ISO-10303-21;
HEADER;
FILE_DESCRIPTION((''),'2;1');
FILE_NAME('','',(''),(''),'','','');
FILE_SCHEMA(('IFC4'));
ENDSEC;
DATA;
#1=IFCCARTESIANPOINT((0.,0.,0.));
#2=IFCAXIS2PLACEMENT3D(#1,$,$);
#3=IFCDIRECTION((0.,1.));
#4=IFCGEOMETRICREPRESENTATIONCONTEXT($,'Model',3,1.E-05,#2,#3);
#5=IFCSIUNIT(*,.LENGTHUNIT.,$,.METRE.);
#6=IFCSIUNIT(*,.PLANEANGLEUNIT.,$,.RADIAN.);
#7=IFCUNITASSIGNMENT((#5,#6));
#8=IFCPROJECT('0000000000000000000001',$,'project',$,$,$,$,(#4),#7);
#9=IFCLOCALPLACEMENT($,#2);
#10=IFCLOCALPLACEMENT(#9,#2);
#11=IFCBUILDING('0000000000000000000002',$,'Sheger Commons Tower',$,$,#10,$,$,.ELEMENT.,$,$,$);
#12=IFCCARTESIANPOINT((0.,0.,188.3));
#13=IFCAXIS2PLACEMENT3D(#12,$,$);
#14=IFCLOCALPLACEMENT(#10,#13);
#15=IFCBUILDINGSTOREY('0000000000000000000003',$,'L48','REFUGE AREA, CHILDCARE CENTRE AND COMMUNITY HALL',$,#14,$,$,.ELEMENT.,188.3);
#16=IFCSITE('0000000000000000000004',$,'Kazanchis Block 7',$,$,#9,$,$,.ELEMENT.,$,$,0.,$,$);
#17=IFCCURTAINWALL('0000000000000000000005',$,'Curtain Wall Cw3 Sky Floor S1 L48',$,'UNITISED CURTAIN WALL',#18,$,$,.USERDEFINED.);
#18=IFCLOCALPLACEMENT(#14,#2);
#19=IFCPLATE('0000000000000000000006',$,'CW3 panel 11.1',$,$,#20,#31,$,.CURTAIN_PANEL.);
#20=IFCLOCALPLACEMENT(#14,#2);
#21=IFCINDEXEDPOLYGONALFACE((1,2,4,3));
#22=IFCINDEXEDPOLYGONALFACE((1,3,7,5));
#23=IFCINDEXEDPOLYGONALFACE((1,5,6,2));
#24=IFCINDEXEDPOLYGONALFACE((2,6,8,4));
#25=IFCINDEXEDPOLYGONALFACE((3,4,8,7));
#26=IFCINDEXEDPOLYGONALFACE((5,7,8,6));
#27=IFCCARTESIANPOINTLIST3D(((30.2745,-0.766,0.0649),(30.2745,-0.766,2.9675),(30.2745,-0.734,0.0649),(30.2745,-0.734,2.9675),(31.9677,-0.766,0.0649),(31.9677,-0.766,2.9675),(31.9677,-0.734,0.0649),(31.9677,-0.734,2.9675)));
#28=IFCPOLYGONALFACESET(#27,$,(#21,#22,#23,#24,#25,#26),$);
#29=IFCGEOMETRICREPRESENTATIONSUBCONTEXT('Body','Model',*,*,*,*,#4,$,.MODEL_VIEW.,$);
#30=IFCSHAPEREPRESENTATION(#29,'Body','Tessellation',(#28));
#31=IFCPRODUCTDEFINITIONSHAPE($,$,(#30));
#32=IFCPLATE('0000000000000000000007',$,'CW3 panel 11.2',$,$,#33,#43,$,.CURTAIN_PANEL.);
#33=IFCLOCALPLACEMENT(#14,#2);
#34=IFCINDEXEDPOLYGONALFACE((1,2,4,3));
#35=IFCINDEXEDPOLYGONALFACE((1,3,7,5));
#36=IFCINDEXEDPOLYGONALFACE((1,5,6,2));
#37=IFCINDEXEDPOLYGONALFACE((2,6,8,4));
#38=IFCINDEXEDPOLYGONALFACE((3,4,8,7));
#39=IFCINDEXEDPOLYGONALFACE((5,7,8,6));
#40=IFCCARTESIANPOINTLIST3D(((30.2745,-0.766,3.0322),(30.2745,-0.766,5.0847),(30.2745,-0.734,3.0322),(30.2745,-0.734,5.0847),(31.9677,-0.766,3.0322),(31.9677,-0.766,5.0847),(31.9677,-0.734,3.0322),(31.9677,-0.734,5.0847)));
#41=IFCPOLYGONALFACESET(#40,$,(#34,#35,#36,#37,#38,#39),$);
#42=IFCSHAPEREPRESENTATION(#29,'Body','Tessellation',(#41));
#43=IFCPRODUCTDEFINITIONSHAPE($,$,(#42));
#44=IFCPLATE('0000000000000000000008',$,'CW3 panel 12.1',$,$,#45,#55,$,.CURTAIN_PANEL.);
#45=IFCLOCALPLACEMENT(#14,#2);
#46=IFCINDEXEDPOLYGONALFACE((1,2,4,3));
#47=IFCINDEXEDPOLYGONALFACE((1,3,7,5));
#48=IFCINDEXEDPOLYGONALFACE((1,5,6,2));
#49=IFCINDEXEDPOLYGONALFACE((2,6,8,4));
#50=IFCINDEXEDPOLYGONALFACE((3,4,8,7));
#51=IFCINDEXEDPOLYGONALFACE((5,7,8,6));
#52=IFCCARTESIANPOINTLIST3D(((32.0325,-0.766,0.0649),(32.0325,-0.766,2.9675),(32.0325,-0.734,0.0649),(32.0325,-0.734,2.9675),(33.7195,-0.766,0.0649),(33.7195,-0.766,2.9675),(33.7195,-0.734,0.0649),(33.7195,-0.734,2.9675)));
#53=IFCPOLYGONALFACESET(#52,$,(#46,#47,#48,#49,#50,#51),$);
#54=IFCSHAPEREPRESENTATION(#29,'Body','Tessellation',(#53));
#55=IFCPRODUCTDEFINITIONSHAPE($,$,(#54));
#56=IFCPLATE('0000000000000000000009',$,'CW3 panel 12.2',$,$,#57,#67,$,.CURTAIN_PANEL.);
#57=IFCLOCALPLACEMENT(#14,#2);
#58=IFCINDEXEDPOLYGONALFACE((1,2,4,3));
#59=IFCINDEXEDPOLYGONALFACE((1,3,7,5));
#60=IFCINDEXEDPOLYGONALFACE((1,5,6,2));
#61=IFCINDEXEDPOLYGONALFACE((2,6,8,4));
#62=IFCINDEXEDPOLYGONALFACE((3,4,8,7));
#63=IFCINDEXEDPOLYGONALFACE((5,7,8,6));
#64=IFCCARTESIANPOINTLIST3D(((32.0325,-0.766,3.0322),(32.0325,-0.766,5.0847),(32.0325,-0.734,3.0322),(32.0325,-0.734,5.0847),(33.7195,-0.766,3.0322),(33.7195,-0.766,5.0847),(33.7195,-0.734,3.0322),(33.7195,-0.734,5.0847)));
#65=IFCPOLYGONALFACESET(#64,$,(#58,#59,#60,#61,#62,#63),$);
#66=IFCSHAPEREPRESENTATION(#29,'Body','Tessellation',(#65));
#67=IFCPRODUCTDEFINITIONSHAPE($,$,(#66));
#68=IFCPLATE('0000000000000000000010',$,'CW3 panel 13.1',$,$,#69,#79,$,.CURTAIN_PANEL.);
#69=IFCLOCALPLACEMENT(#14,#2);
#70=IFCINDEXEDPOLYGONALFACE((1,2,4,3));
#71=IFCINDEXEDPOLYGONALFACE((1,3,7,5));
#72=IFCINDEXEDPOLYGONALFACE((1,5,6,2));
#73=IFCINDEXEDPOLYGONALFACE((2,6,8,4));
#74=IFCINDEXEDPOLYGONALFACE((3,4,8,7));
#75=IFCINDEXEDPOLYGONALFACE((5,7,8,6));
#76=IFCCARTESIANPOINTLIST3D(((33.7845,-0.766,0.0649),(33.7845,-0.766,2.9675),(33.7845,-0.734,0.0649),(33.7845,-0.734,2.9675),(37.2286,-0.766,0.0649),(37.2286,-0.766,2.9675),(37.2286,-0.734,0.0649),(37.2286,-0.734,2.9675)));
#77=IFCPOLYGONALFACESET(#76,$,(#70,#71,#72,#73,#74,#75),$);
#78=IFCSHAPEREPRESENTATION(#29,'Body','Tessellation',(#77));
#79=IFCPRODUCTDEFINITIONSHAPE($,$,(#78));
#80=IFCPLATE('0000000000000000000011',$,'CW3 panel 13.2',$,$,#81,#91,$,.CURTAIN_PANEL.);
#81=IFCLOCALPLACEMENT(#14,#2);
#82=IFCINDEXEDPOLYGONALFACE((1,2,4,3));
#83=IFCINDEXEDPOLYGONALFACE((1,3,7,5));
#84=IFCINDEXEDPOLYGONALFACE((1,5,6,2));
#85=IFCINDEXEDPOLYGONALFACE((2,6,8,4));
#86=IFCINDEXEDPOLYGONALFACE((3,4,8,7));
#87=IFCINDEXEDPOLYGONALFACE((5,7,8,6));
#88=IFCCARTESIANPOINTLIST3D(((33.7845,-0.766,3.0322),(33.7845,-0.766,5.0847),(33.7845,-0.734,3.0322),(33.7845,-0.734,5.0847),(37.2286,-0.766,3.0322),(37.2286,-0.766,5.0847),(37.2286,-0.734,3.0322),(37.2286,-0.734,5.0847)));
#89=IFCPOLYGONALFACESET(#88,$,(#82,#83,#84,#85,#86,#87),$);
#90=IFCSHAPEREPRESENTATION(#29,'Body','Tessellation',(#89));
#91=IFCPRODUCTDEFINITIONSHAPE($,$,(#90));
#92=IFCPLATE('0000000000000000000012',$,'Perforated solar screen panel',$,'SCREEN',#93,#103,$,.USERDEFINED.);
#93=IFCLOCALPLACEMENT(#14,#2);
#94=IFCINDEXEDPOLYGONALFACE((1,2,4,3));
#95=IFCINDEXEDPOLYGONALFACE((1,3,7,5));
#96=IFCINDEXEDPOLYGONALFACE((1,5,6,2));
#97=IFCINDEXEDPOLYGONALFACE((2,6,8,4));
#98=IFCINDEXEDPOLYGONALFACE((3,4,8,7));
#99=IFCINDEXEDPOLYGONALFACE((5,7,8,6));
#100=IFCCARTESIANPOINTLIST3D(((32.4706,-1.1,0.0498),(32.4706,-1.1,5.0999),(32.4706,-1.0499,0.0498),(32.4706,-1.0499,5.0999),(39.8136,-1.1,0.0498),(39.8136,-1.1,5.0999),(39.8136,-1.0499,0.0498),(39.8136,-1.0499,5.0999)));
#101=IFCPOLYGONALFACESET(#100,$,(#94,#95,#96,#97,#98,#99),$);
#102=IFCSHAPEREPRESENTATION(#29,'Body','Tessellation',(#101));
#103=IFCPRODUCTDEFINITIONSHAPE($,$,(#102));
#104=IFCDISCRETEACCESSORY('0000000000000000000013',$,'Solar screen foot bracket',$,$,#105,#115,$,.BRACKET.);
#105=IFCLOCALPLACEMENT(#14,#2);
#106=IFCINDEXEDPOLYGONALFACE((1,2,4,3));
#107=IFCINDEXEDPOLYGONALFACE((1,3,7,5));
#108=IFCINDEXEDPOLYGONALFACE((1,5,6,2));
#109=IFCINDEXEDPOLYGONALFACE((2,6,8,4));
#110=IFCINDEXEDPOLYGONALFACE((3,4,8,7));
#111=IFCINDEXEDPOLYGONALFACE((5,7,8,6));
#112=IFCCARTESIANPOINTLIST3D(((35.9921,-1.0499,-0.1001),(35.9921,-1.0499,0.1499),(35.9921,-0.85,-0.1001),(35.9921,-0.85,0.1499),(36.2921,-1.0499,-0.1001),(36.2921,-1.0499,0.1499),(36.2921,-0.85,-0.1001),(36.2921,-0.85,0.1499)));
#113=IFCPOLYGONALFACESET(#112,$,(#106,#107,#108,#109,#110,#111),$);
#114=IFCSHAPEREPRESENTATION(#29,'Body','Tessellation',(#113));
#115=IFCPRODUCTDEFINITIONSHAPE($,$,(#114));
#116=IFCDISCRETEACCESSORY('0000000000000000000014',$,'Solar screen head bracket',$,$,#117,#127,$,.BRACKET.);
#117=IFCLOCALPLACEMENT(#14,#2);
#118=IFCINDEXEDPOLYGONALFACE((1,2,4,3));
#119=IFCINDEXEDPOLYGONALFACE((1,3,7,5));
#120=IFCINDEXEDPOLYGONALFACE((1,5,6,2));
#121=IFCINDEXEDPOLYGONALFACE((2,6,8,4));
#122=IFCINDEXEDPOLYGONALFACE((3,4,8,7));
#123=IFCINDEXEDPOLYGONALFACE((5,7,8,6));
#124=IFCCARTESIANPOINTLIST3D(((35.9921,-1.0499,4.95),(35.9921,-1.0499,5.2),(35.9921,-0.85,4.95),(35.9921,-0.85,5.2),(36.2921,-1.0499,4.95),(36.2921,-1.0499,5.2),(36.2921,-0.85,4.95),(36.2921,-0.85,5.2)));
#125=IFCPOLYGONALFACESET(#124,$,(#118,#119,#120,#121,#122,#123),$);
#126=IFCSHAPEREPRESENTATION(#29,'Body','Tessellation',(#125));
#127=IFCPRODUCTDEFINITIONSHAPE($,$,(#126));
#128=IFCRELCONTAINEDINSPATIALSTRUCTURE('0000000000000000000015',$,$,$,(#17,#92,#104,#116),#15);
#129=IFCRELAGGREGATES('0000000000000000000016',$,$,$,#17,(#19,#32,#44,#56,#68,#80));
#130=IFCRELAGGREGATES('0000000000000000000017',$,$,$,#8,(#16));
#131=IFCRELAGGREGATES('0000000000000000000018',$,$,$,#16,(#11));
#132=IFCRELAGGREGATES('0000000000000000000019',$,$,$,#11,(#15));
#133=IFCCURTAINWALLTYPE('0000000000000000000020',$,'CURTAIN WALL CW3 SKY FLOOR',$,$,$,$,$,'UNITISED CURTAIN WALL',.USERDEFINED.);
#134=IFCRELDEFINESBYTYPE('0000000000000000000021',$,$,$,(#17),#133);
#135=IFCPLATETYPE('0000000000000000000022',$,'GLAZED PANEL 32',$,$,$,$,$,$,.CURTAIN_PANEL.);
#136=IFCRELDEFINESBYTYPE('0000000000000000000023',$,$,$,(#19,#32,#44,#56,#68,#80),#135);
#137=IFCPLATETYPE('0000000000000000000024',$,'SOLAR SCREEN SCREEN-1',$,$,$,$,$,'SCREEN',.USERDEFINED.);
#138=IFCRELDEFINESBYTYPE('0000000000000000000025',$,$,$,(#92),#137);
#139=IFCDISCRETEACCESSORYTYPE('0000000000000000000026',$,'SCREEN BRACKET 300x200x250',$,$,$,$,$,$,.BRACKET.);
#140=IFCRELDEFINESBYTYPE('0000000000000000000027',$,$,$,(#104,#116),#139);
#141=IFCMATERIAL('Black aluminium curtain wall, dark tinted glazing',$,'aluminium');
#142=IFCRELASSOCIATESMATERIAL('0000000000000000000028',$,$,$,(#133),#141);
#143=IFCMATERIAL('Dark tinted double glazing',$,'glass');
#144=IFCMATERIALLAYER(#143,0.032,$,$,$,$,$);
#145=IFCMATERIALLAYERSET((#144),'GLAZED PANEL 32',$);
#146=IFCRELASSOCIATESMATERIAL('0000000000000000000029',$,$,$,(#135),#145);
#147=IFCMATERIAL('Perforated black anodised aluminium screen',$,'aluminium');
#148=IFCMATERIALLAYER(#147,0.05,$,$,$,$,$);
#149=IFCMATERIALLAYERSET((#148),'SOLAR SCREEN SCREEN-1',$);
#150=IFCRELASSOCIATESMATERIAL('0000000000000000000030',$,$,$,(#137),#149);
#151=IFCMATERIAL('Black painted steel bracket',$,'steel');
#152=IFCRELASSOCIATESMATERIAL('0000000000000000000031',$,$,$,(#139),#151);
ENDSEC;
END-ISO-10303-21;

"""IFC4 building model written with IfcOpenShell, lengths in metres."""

from ifc_helpers import new_model, si_unit, direction, frame, origin, origin_2d, place, context, subcontext, project, spatial, rectangle, extrude, material, layer, layer_set, type_object, element, aggregate, save


model = new_model("IFC4")

# Units and contexts
model_context = context("Model", 3, precision=1e-05, world=origin(), true_north=direction((0.0, 1.0)))
body_context = subcontext(model_context, "Body", "Model", "MODEL_VIEW")
ifc_project = project(units=[si_unit("LENGTHUNIT", "METRE"), si_unit("PLANEANGLEUNIT", "RADIAN")], contexts=[model_context])

# Site, building, storey
site_placement = place(None, origin())
site = spatial("IfcSite", under=ifc_project, at=site_placement, Name="Kazanchis Block 7", CompositionType="ELEMENT", RefElevation=0.0)
building_placement = place(site_placement, origin())
building = spatial("IfcBuilding", under=site, at=building_placement, Name="Sheger Commons Tower", CompositionType="ELEMENT")
storey_placement = place(building_placement, frame((0.0, 0.0, 188.3)))
storey = spatial("IfcBuildingStorey", under=building, at=storey_placement, Name="L48", Description="REFUGE AREA, CHILDCARE CENTRE AND COMMUNITY HALL", CompositionType="ELEMENT", Elevation=188.3)

# Curtain wall, plates
ifc_material_1 = material(Name="Black aluminium curtain wall, dark tinted glazing", Category="aluminium")
curtain_wall_type = type_object("IfcCurtainWallType", Name="CURTAIN WALL CW3 SKY FLOOR", ElementType="UNITISED CURTAIN WALL", PredefinedType="USERDEFINED", material=ifc_material_1)
curtain_wall_placement = place(storey_placement, origin())
curtain_wall = element("IfcCurtainWall", 1, at=curtain_wall_placement, inside=storey, type_object=curtain_wall_type, Name="Curtain Wall Cw3 Sky Floor S1 L48", ObjectType="UNITISED CURTAIN WALL", PredefinedType="USERDEFINED")
ifc_material_2 = material(Name="Dark tinted double glazing", Category="glass")
ifc_layer_1 = layer(ifc_material_2, 0.032)
ifc_layer_set_1 = layer_set([ifc_layer_1], Name="GLAZED PANEL 32")
plate_type_1 = type_object("IfcPlateType", Name="GLAZED PANEL 32", PredefinedType="CURTAIN_PANEL", material=ifc_layer_set_1)
plate_1_placement = place(storey_placement, frame((31.1211, -0.75, 0.0649), z_axis=(0.0, 0.0, 1.0), x_axis=(1.0, 0.0, 0.0)))
plate_1 = element("IfcPlate", 2, at=plate_1_placement, type_object=plate_type_1, Name="CW3 panel 11.1", PredefinedType="CURTAIN_PANEL", context=body_context, shape_type="SweptSolid", body=[
    extrude(rectangle(XDim=1.6931, YDim=0.032, at=origin_2d()), origin(), (0.0, 0.0, 1.0), 2.9026),
])
plate_2_placement = place(storey_placement, frame((31.1211, -0.75, 3.0322), z_axis=(0.0, 0.0, 1.0), x_axis=(1.0, 0.0, 0.0)))
plate_2 = element("IfcPlate", 3, at=plate_2_placement, type_object=plate_type_1, Name="CW3 panel 11.2", PredefinedType="CURTAIN_PANEL", context=body_context, shape_type="SweptSolid", body=[
    extrude(rectangle(XDim=1.6931, YDim=0.032, at=origin_2d()), origin(), (0.0, 0.0, 1.0), 2.0525),
])
plate_3_placement = place(storey_placement, frame((32.876, -0.75, 0.0649), z_axis=(0.0, 0.0, 1.0), x_axis=(1.0, 0.0, 0.0)))
plate_3 = element("IfcPlate", 4, at=plate_3_placement, type_object=plate_type_1, Name="CW3 panel 12.1", PredefinedType="CURTAIN_PANEL", context=body_context, shape_type="SweptSolid", body=[
    extrude(rectangle(XDim=1.687, YDim=0.032, at=origin_2d()), origin(), (0.0, 0.0, 1.0), 2.9026),
])
plate_4_placement = place(storey_placement, frame((32.876, -0.75, 3.0322), z_axis=(0.0, 0.0, 1.0), x_axis=(1.0, 0.0, 0.0)))
plate_4 = element("IfcPlate", 5, at=plate_4_placement, type_object=plate_type_1, Name="CW3 panel 12.2", PredefinedType="CURTAIN_PANEL", context=body_context, shape_type="SweptSolid", body=[
    extrude(rectangle(XDim=1.687, YDim=0.032, at=origin_2d()), origin(), (0.0, 0.0, 1.0), 2.0525),
])
plate_5_placement = place(storey_placement, frame((35.5066, -0.75, 0.0649), z_axis=(0.0, 0.0, 1.0), x_axis=(1.0, 0.0, 0.0)))
plate_5 = element("IfcPlate", 6, at=plate_5_placement, type_object=plate_type_1, Name="CW3 panel 13.1", PredefinedType="CURTAIN_PANEL", context=body_context, shape_type="SweptSolid", body=[
    extrude(rectangle(XDim=3.4441, YDim=0.032, at=origin_2d()), origin(), (0.0, 0.0, 1.0), 2.9026),
])
plate_6_placement = place(storey_placement, frame((35.5066, -0.75, 3.0322), z_axis=(0.0, 0.0, 1.0), x_axis=(1.0, 0.0, 0.0)))
plate_6 = element("IfcPlate", 7, at=plate_6_placement, type_object=plate_type_1, Name="CW3 panel 13.2", PredefinedType="CURTAIN_PANEL", context=body_context, shape_type="SweptSolid", body=[
    extrude(rectangle(XDim=3.4441, YDim=0.032, at=origin_2d()), origin(), (0.0, 0.0, 1.0), 2.0525),
])
aggregate(curtain_wall, [plate_1, plate_2, plate_3, plate_4, plate_5, plate_6])

# Plate
ifc_material_3 = material(Name="Perforated black anodised aluminium screen", Category="aluminium")
ifc_layer_2 = layer(ifc_material_3, 0.05)
ifc_layer_set_2 = layer_set([ifc_layer_2], Name="SOLAR SCREEN SCREEN-1")
plate_type_2 = type_object("IfcPlateType", Name="SOLAR SCREEN SCREEN-1", ElementType="SCREEN", PredefinedType="USERDEFINED", material=ifc_layer_set_2)
plate_7_placement = place(storey_placement, frame((36.1421, -1.075, 0.0498), z_axis=(0.0, 0.0, 1.0), x_axis=(1.0, 0.0, 0.0)))
element("IfcPlate", 8, at=plate_7_placement, inside=storey, type_object=plate_type_2, Name="Perforated solar screen panel", ObjectType="SCREEN", PredefinedType="USERDEFINED", context=body_context, shape_type="SweptSolid", body=[
    extrude(rectangle(XDim=7.343, YDim=0.05, at=origin_2d()), origin(), (0.0, 0.0, 1.0), 5.05),
])

# Discrete accessories
ifc_material_4 = material(Name="Black painted steel bracket", Category="steel")
discrete_accessory_type = type_object("IfcDiscreteAccessoryType", Name="SCREEN BRACKET 300x200x250", PredefinedType="BRACKET", material=ifc_material_4)
for number, where, z_axis, x_axis, name in (
    (9, (36.1421, -0.95, -0.1001), (0.0, 0.0, 1.0), (1.0, 0.0, 0.0), "Solar screen foot bracket"),
    (10, (36.1421, -0.95, 4.95), (0.0, 0.0, 1.0), (1.0, 0.0, 0.0), "Solar screen head bracket"),
):
    element("IfcDiscreteAccessory", number, at=place(storey_placement, frame(where, z_axis=z_axis, x_axis=x_axis)), inside=storey, type_object=discrete_accessory_type, Name=name, PredefinedType="BRACKET", context=body_context, shape_type="SweptSolid", body=[
        extrude(rectangle(XDim=0.3, YDim=0.2, at=origin_2d()), origin(), (0.0, 0.0, 1.0), 0.25),
    ])

save(model, "model.ifc")
